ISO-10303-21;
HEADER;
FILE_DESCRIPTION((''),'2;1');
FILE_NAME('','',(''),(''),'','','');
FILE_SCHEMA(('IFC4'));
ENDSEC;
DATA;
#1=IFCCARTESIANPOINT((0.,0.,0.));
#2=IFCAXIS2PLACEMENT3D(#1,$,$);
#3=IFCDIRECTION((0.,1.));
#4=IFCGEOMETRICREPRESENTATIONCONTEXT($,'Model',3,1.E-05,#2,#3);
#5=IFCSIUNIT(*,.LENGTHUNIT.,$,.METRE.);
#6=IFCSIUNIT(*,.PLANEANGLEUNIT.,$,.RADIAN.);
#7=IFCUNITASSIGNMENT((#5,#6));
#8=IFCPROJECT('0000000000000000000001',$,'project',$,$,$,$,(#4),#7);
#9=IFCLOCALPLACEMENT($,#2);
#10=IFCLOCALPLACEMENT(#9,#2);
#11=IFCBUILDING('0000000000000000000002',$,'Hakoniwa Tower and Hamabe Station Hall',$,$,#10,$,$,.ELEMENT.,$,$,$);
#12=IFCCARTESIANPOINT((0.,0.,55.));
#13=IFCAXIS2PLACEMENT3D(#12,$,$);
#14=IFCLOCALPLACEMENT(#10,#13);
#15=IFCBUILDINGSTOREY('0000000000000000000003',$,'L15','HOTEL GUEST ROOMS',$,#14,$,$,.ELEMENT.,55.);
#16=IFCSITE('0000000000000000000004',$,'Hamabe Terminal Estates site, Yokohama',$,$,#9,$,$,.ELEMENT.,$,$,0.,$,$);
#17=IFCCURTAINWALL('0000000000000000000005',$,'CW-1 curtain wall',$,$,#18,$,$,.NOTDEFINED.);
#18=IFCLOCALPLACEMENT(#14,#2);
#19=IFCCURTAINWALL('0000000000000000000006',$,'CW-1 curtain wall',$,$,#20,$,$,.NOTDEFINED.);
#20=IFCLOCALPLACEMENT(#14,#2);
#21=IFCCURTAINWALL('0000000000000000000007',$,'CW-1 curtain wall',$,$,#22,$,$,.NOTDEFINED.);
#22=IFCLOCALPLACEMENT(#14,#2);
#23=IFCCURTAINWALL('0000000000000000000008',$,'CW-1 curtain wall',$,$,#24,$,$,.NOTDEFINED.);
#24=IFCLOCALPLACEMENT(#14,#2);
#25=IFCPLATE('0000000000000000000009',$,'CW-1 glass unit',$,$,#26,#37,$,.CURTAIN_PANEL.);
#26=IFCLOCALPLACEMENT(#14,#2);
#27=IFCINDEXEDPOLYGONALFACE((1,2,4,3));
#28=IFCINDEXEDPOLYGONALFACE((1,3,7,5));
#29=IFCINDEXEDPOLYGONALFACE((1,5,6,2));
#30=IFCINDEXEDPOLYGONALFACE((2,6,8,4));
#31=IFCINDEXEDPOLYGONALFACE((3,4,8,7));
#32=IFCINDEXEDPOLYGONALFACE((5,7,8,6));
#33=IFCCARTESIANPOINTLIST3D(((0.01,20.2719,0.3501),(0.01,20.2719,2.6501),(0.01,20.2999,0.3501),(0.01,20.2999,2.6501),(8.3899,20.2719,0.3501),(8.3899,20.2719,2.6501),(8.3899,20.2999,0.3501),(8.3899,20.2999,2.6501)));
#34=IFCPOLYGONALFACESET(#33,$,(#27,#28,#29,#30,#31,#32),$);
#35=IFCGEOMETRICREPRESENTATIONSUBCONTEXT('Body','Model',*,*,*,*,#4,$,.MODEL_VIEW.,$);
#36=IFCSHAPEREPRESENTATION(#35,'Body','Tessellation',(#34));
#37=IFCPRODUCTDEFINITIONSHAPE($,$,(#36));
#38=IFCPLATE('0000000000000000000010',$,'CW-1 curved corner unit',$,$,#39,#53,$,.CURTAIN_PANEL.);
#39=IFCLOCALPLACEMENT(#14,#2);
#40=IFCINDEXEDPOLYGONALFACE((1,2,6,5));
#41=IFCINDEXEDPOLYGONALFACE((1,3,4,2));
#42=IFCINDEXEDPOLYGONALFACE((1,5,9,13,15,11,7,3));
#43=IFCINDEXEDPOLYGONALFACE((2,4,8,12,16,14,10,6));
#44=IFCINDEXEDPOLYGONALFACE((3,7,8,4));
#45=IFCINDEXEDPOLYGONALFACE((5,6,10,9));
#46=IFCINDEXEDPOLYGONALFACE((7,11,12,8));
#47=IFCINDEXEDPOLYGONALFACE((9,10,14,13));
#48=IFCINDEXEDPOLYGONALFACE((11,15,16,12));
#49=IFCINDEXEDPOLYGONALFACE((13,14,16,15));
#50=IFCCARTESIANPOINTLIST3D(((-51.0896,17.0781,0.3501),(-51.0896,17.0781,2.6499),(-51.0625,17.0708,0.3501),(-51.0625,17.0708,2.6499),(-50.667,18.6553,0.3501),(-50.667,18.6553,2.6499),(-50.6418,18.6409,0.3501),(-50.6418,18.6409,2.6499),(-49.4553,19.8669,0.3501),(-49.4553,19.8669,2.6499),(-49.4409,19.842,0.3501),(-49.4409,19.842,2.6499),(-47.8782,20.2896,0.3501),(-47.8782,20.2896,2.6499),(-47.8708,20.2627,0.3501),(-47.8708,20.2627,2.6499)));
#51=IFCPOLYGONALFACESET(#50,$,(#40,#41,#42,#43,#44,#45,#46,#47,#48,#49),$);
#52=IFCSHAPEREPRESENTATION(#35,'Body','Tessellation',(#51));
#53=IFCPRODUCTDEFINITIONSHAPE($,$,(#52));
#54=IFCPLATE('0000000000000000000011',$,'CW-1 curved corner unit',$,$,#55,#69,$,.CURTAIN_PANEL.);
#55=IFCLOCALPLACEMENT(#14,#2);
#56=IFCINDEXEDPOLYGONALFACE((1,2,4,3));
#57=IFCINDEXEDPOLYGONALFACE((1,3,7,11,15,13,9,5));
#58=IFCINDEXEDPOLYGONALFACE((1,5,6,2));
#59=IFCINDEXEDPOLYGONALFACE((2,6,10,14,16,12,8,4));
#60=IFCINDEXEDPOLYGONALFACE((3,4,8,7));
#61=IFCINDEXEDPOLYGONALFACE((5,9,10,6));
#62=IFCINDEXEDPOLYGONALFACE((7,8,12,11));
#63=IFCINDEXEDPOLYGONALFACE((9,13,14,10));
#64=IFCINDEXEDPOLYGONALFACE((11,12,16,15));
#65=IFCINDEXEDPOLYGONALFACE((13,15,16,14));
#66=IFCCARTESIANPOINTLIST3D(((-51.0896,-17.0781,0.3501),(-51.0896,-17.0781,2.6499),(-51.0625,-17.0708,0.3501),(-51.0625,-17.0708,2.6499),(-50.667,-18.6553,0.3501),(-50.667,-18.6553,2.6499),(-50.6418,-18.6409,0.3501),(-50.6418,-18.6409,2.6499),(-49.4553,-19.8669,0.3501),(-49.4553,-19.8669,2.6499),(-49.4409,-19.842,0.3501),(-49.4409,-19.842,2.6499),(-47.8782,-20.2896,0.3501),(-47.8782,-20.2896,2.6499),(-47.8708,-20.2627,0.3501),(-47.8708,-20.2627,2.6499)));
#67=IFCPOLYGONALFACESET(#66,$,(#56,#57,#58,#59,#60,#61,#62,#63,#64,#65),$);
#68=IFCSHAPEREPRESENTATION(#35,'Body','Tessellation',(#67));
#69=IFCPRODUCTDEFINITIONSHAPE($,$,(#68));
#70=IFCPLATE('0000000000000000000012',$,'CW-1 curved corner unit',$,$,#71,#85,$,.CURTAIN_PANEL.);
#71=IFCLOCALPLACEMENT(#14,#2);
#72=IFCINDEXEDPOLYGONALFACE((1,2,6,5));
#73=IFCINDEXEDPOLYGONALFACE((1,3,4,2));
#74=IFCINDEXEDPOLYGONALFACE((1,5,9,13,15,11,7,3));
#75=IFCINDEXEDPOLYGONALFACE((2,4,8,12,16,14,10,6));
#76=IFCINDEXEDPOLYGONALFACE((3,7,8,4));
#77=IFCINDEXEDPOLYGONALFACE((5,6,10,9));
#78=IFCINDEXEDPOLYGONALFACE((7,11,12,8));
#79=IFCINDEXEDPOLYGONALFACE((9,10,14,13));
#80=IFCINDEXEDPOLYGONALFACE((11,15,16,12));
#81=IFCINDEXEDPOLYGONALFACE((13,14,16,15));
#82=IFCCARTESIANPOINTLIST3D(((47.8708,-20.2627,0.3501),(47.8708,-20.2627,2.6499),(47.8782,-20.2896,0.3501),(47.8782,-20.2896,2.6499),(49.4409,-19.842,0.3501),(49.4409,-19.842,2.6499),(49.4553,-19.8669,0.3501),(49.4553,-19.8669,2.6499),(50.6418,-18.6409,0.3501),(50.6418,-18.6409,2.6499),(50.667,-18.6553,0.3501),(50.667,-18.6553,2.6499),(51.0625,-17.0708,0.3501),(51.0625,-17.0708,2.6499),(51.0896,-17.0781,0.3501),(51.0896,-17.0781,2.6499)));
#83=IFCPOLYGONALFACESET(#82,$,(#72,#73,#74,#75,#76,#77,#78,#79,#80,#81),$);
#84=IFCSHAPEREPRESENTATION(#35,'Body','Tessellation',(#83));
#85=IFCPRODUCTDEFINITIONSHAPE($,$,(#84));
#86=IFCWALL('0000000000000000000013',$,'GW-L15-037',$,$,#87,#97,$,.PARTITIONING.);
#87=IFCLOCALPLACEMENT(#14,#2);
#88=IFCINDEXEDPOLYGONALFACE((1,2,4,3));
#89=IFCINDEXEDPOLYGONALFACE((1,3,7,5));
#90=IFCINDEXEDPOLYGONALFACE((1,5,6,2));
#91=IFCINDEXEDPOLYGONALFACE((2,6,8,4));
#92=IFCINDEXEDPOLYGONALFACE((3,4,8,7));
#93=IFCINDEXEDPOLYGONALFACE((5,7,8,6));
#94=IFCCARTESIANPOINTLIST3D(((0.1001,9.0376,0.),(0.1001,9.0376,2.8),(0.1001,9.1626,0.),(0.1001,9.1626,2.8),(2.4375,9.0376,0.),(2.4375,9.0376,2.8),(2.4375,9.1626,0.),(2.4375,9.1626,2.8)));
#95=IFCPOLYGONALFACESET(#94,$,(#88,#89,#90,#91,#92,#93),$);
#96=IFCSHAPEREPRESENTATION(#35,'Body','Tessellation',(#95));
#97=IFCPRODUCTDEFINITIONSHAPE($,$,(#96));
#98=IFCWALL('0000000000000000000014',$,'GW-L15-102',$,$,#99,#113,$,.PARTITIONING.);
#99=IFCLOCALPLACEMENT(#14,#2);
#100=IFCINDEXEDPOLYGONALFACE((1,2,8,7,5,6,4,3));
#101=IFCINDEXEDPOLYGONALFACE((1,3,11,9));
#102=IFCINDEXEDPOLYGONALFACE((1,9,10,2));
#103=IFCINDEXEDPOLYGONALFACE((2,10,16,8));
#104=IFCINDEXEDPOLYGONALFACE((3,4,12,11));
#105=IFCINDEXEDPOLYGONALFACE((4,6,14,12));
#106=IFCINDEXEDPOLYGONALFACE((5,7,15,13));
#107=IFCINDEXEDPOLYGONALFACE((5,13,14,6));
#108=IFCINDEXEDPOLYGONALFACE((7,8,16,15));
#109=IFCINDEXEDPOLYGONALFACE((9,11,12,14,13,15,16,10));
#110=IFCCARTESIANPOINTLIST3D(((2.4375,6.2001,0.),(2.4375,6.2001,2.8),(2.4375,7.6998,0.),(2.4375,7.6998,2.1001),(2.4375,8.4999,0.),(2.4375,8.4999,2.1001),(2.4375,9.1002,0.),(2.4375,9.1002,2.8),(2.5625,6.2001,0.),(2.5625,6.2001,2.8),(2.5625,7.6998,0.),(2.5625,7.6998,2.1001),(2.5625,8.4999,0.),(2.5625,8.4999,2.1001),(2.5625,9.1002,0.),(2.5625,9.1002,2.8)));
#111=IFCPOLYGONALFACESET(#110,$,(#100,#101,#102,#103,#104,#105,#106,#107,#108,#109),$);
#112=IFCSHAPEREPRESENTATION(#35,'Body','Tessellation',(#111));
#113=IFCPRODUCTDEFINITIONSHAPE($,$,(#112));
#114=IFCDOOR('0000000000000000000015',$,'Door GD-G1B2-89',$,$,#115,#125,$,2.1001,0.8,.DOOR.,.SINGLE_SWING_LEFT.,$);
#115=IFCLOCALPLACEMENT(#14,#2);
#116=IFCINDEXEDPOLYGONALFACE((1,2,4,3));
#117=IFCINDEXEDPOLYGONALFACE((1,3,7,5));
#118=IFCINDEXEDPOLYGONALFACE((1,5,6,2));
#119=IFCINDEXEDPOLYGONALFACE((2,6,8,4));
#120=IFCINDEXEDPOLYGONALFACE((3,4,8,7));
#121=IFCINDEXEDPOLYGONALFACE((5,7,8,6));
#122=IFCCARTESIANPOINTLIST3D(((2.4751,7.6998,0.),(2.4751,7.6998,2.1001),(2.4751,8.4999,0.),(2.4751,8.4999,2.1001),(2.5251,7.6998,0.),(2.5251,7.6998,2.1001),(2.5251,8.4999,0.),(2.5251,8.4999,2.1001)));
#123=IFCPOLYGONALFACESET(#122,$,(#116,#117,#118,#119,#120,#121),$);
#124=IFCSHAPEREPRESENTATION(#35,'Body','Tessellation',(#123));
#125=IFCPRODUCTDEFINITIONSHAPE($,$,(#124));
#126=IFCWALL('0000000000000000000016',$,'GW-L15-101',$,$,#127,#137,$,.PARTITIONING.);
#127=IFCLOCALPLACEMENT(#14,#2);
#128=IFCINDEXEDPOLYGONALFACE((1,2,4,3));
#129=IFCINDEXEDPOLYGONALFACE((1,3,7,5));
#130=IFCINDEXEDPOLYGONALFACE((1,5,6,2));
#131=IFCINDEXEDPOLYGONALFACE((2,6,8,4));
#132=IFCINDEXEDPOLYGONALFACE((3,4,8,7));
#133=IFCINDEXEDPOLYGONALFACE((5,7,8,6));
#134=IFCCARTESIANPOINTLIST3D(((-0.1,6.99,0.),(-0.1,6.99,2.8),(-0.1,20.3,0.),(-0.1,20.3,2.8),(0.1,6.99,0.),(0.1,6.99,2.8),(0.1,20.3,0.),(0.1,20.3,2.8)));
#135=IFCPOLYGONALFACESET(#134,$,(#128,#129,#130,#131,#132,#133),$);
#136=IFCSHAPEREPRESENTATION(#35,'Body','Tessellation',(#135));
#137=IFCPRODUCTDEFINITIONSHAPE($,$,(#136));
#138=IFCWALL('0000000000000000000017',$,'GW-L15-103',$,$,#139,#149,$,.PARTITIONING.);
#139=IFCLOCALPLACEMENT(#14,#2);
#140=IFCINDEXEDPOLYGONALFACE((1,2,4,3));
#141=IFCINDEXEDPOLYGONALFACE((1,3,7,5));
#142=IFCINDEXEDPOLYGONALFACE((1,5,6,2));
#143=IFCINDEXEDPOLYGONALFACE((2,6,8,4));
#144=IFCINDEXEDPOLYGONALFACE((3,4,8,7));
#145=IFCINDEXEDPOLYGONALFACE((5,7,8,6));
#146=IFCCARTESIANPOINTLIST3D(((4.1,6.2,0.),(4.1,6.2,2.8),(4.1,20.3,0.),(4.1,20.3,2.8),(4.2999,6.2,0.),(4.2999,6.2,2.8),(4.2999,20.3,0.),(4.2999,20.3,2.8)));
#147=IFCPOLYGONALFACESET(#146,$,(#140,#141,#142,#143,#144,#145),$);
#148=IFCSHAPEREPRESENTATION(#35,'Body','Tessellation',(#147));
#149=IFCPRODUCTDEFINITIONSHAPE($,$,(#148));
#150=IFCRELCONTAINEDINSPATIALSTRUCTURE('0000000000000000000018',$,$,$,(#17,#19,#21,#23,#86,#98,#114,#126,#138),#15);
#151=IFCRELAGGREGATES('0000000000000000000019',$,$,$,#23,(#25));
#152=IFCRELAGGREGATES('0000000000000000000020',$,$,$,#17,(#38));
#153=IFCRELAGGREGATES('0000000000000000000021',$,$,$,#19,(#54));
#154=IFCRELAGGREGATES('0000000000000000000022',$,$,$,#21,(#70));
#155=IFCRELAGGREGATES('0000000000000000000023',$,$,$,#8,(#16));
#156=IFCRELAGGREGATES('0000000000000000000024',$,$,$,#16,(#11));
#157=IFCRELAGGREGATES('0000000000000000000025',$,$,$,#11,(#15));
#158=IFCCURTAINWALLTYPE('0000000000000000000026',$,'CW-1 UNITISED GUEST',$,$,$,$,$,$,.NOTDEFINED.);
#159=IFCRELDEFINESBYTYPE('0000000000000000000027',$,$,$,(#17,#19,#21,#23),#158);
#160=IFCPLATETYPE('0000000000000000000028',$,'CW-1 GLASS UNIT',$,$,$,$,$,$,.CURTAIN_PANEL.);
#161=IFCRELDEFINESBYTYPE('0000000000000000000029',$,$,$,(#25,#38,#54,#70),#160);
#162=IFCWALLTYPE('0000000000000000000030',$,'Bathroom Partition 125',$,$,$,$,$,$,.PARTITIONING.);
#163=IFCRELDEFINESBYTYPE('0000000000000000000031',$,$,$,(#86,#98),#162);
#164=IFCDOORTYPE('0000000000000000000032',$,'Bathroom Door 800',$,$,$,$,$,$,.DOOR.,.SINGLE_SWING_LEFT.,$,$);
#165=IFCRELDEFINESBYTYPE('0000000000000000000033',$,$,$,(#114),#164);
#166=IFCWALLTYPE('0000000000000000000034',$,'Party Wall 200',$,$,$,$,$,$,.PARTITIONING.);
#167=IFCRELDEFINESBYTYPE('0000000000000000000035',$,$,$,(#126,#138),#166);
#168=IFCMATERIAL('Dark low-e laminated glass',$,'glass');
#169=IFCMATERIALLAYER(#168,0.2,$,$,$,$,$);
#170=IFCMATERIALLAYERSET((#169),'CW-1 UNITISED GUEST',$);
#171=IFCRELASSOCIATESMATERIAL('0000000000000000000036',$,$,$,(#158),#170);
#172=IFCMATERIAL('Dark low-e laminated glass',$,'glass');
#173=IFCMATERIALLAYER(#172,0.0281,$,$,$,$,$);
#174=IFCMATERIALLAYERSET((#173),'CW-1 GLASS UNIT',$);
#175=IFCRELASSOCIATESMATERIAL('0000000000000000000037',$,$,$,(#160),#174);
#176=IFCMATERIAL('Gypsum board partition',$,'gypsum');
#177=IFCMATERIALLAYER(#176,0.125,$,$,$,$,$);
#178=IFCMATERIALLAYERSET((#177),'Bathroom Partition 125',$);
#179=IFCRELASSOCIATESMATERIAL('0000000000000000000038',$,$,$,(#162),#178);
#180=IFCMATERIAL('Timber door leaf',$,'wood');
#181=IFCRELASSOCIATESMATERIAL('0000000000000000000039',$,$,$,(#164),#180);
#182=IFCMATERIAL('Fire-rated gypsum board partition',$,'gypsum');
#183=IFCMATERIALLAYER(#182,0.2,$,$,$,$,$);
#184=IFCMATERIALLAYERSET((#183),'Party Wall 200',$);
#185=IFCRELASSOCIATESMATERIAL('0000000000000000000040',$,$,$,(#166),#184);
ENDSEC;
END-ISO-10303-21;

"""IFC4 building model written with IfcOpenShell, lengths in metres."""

from ifc_helpers import new_model, si_unit, direction, frame, frame_2d, origin, origin_2d, place, context, subcontext, project, spatial, polyline, rectangle, outline, extrude, material, layer, layer_set, type_object, element, fill, aggregate, save


model = new_model("IFC4")

# Units and contexts
model_context = context("Model", 3, precision=1e-05, world=origin(), true_north=direction((0.0, 1.0)))
body_context = subcontext(model_context, "Body", "Model", "MODEL_VIEW")
ifc_project = project(units=[si_unit("LENGTHUNIT", "METRE"), si_unit("PLANEANGLEUNIT", "RADIAN")], contexts=[model_context])

# Site, building, storey
site_placement = place(None, origin())
site = spatial("IfcSite", under=ifc_project, at=site_placement, Name="Hamabe Terminal Estates site, Yokohama", CompositionType="ELEMENT", RefElevation=0.0)
building_placement = place(site_placement, origin())
building = spatial("IfcBuilding", under=site, at=building_placement, Name="Hakoniwa Tower and Hamabe Station Hall", CompositionType="ELEMENT")
storey_placement = place(building_placement, frame((0.0, 0.0, 55.0)))
storey = spatial("IfcBuildingStorey", under=building, at=storey_placement, Name="L15", Description="HOTEL GUEST ROOMS", CompositionType="ELEMENT", Elevation=55.0)

# Curtain walls
ifc_material_1 = material(Name="Dark low-e laminated glass", Category="glass")
ifc_layer_1 = layer(ifc_material_1, 0.2)
ifc_layer_set_1 = layer_set([ifc_layer_1], Name="CW-1 UNITISED GUEST")
curtain_wall_type = type_object("IfcCurtainWallType", Name="CW-1 UNITISED GUEST", PredefinedType="NOTDEFINED", material=ifc_layer_set_1)
curtain_wall_1_placement = place(storey_placement, origin())
curtain_wall_1 = element("IfcCurtainWall", 1, at=curtain_wall_1_placement, inside=storey, type_object=curtain_wall_type, Name="CW-1 curtain wall", PredefinedType="NOTDEFINED")
curtain_wall_2_placement = place(storey_placement, origin())
curtain_wall_2 = element("IfcCurtainWall", 2, at=curtain_wall_2_placement, inside=storey, type_object=curtain_wall_type, Name="CW-1 curtain wall", PredefinedType="NOTDEFINED")
curtain_wall_3_placement = place(storey_placement, origin())
curtain_wall_3 = element("IfcCurtainWall", 3, at=curtain_wall_3_placement, inside=storey, type_object=curtain_wall_type, Name="CW-1 curtain wall", PredefinedType="NOTDEFINED")
curtain_wall_4_placement = place(storey_placement, origin())
curtain_wall_4 = element("IfcCurtainWall", 4, at=curtain_wall_4_placement, inside=storey, type_object=curtain_wall_type, Name="CW-1 curtain wall", PredefinedType="NOTDEFINED")

# Plates
ifc_material_2 = material(Name="Dark low-e laminated glass", Category="glass")
ifc_layer_2 = layer(ifc_material_2, 0.0281)
ifc_layer_set_2 = layer_set([ifc_layer_2], Name="CW-1 GLASS UNIT")
plate_type = type_object("IfcPlateType", Name="CW-1 GLASS UNIT", PredefinedType="CURTAIN_PANEL", material=ifc_layer_set_2)
plate_1_placement = place(storey_placement, frame((4.2, 20.2859, 0.3501), z_axis=(0.0, 0.0, 1.0), x_axis=(-1.0, 0.0, 0.0)))
plate_1 = element("IfcPlate", 5, at=plate_1_placement, type_object=plate_type, Name="CW-1 glass unit", PredefinedType="CURTAIN_PANEL", context=body_context, shape_type="SweptSolid", body=[
    extrude(rectangle(XDim=8.3799, YDim=0.0281, at=origin_2d()), origin(), (0.0, 0.0, 1.0), 2.3),
])
aggregate(curtain_wall_4, [plate_1])
plate_2_placement = place(storey_placement, frame((0.0, 0.0, 0.3501)))
plate_2 = element("IfcPlate", 6, at=plate_2_placement, type_object=plate_type, Name="CW-1 curved corner unit", PredefinedType="CURTAIN_PANEL", context=body_context, shape_type="SweptSolid", body=[
    extrude(outline(polyline([(-47.8782, 20.2896), (-49.4553, 19.8669), (-50.667, 18.6553), (-51.0896, 17.0781), (-51.0625, 17.0708), (-50.6418, 18.6409), (-49.4409, 19.842), (-47.8708, 20.2627), (-47.8782, 20.2896)])), origin(), (0.0, 0.0, 1.0), 2.2998),
])
aggregate(curtain_wall_1, [plate_2])
plate_3_placement = place(storey_placement, frame((0.0, 0.0, 0.3501)))
plate_3 = element("IfcPlate", 7, at=plate_3_placement, type_object=plate_type, Name="CW-1 curved corner unit", PredefinedType="CURTAIN_PANEL", context=body_context, shape_type="SweptSolid", body=[
    extrude(outline(polyline([(-51.0896, -17.0781), (-50.667, -18.6553), (-49.4553, -19.8669), (-47.8782, -20.2896), (-47.8708, -20.2627), (-49.4409, -19.842), (-50.6418, -18.6409), (-51.0625, -17.0708), (-51.0896, -17.0781)])), origin(), (0.0, 0.0, 1.0), 2.2998),
])
aggregate(curtain_wall_2, [plate_3])
plate_4_placement = place(storey_placement, frame((0.0, 0.0, 0.3501)))
plate_4 = element("IfcPlate", 8, at=plate_4_placement, type_object=plate_type, Name="CW-1 curved corner unit", PredefinedType="CURTAIN_PANEL", context=body_context, shape_type="SweptSolid", body=[
    extrude(outline(polyline([(47.8782, -20.2896), (49.4553, -19.8669), (50.667, -18.6553), (51.0896, -17.0781), (51.0625, -17.0708), (50.6418, -18.6409), (49.4409, -19.842), (47.8708, -20.2627), (47.8782, -20.2896)])), origin(), (0.0, 0.0, 1.0), 2.2998),
])
aggregate(curtain_wall_3, [plate_4])

# Wall
ifc_material_3 = material(Name="Gypsum board partition", Category="gypsum")
ifc_layer_3 = layer(ifc_material_3, 0.125)
ifc_layer_set_3 = layer_set([ifc_layer_3], Name="Bathroom Partition 125")
wall_type_1 = type_object("IfcWallType", Name="Bathroom Partition 125", PredefinedType="PARTITIONING", material=ifc_layer_set_3)
wall_1_placement = place(storey_placement, frame((0.1001, 9.1001, 0.0), z_axis=(0.0, 0.0, 1.0), x_axis=(1.0, 0.0, 0.0)))
element("IfcWall", 9, at=wall_1_placement, inside=storey, type_object=wall_type_1, Name="GW-L15-037", PredefinedType="PARTITIONING", context=body_context, shape_type="SweptSolid", body=[
    extrude(rectangle(XDim=2.3374, YDim=0.125, at=frame_2d((1.1687, 0.0))), origin(), (0.0, 0.0, 1.0), 2.8),
])

# Wall, opening, door
wall_2_placement = place(storey_placement, frame((2.5, 6.2, 0.0), z_axis=(0.0, 0.0, 1.0), x_axis=(0.0, 1.0, 0.0)))
wall_2 = element("IfcWall", 10, at=wall_2_placement, inside=storey, type_object=wall_type_1, Name="GW-L15-102", PredefinedType="PARTITIONING", context=body_context, shape_type="SweptSolid", body=[
    extrude(rectangle(XDim=2.9001, YDim=0.125, at=frame_2d((1.4502, 0.0))), origin(), (0.0, 0.0, 1.0), 2.8),
])
opening_placement = place(wall_2_placement, frame((1.5, 0.0, 0.0)))
opening = element("IfcOpeningElement", 11, at=opening_placement, cuts=wall_2, PredefinedType="OPENING", context=body_context, shape_type="SweptSolid", body=[
    extrude(rectangle(XDim=0.8, YDim=2.1001, at=frame_2d((0.3999, 1.05))), frame((0.0, 0.0725, 0.0), z_axis=(0.0, -1.0, 0.0), x_axis=(1.0, 0.0, 0.0)), (0.0, 0.0, 1.0), 0.145),
])
ifc_material_4 = material(Name="Timber door leaf", Category="wood")
door_type = type_object("IfcDoorType", Name="Bathroom Door 800", OperationType="SINGLE_SWING_LEFT", PredefinedType="DOOR", material=ifc_material_4)
door_placement = place(opening_placement, origin())
door = element("IfcDoor", 12, at=door_placement, inside=storey, type_object=door_type, Name="Door GD-G1B2-89", OperationType="SINGLE_SWING_LEFT", OverallHeight=2.1001, OverallWidth=0.8, PredefinedType="DOOR", context=body_context, shape_type="SweptSolid", body=[
    extrude(rectangle(XDim=0.8, YDim=2.1001, at=frame_2d((0.3999, 1.05))), frame((0.0, 0.0249, 0.0), z_axis=(0.0, -1.0, 0.0), x_axis=(1.0, 0.0, 0.0)), (0.0, 0.0, 1.0), 0.05),
])
fill(opening, door)

# Walls
ifc_material_5 = material(Name="Fire-rated gypsum board partition", Category="gypsum")
ifc_layer_4 = layer(ifc_material_5, 0.2)
ifc_layer_set_4 = layer_set([ifc_layer_4], Name="Party Wall 200")
wall_type_2 = type_object("IfcWallType", Name="Party Wall 200", PredefinedType="PARTITIONING", material=ifc_layer_set_4)
wall_3_placement = place(storey_placement, frame((0.0, 6.99, 0.0), z_axis=(0.0, 0.0, 1.0), x_axis=(0.0, 1.0, 0.0)))
element("IfcWall", 13, at=wall_3_placement, inside=storey, type_object=wall_type_2, Name="GW-L15-101", PredefinedType="PARTITIONING", context=body_context, shape_type="SweptSolid", body=[
    extrude(rectangle(XDim=13.3101, YDim=0.2, at=frame_2d((6.655, 0.0))), origin(), (0.0, 0.0, 1.0), 2.8),
])
wall_4_placement = place(storey_placement, frame((4.2, 6.2, 0.0), z_axis=(0.0, 0.0, 1.0), x_axis=(0.0, 1.0, 0.0)))
element("IfcWall", 14, at=wall_4_placement, inside=storey, type_object=wall_type_2, Name="GW-L15-103", PredefinedType="PARTITIONING", context=body_context, shape_type="SweptSolid", body=[
    extrude(rectangle(XDim=14.1001, YDim=0.2, at=frame_2d((7.05, 0.0))), origin(), (0.0, 0.0, 1.0), 2.8),
])

save(model, "model.ifc")
